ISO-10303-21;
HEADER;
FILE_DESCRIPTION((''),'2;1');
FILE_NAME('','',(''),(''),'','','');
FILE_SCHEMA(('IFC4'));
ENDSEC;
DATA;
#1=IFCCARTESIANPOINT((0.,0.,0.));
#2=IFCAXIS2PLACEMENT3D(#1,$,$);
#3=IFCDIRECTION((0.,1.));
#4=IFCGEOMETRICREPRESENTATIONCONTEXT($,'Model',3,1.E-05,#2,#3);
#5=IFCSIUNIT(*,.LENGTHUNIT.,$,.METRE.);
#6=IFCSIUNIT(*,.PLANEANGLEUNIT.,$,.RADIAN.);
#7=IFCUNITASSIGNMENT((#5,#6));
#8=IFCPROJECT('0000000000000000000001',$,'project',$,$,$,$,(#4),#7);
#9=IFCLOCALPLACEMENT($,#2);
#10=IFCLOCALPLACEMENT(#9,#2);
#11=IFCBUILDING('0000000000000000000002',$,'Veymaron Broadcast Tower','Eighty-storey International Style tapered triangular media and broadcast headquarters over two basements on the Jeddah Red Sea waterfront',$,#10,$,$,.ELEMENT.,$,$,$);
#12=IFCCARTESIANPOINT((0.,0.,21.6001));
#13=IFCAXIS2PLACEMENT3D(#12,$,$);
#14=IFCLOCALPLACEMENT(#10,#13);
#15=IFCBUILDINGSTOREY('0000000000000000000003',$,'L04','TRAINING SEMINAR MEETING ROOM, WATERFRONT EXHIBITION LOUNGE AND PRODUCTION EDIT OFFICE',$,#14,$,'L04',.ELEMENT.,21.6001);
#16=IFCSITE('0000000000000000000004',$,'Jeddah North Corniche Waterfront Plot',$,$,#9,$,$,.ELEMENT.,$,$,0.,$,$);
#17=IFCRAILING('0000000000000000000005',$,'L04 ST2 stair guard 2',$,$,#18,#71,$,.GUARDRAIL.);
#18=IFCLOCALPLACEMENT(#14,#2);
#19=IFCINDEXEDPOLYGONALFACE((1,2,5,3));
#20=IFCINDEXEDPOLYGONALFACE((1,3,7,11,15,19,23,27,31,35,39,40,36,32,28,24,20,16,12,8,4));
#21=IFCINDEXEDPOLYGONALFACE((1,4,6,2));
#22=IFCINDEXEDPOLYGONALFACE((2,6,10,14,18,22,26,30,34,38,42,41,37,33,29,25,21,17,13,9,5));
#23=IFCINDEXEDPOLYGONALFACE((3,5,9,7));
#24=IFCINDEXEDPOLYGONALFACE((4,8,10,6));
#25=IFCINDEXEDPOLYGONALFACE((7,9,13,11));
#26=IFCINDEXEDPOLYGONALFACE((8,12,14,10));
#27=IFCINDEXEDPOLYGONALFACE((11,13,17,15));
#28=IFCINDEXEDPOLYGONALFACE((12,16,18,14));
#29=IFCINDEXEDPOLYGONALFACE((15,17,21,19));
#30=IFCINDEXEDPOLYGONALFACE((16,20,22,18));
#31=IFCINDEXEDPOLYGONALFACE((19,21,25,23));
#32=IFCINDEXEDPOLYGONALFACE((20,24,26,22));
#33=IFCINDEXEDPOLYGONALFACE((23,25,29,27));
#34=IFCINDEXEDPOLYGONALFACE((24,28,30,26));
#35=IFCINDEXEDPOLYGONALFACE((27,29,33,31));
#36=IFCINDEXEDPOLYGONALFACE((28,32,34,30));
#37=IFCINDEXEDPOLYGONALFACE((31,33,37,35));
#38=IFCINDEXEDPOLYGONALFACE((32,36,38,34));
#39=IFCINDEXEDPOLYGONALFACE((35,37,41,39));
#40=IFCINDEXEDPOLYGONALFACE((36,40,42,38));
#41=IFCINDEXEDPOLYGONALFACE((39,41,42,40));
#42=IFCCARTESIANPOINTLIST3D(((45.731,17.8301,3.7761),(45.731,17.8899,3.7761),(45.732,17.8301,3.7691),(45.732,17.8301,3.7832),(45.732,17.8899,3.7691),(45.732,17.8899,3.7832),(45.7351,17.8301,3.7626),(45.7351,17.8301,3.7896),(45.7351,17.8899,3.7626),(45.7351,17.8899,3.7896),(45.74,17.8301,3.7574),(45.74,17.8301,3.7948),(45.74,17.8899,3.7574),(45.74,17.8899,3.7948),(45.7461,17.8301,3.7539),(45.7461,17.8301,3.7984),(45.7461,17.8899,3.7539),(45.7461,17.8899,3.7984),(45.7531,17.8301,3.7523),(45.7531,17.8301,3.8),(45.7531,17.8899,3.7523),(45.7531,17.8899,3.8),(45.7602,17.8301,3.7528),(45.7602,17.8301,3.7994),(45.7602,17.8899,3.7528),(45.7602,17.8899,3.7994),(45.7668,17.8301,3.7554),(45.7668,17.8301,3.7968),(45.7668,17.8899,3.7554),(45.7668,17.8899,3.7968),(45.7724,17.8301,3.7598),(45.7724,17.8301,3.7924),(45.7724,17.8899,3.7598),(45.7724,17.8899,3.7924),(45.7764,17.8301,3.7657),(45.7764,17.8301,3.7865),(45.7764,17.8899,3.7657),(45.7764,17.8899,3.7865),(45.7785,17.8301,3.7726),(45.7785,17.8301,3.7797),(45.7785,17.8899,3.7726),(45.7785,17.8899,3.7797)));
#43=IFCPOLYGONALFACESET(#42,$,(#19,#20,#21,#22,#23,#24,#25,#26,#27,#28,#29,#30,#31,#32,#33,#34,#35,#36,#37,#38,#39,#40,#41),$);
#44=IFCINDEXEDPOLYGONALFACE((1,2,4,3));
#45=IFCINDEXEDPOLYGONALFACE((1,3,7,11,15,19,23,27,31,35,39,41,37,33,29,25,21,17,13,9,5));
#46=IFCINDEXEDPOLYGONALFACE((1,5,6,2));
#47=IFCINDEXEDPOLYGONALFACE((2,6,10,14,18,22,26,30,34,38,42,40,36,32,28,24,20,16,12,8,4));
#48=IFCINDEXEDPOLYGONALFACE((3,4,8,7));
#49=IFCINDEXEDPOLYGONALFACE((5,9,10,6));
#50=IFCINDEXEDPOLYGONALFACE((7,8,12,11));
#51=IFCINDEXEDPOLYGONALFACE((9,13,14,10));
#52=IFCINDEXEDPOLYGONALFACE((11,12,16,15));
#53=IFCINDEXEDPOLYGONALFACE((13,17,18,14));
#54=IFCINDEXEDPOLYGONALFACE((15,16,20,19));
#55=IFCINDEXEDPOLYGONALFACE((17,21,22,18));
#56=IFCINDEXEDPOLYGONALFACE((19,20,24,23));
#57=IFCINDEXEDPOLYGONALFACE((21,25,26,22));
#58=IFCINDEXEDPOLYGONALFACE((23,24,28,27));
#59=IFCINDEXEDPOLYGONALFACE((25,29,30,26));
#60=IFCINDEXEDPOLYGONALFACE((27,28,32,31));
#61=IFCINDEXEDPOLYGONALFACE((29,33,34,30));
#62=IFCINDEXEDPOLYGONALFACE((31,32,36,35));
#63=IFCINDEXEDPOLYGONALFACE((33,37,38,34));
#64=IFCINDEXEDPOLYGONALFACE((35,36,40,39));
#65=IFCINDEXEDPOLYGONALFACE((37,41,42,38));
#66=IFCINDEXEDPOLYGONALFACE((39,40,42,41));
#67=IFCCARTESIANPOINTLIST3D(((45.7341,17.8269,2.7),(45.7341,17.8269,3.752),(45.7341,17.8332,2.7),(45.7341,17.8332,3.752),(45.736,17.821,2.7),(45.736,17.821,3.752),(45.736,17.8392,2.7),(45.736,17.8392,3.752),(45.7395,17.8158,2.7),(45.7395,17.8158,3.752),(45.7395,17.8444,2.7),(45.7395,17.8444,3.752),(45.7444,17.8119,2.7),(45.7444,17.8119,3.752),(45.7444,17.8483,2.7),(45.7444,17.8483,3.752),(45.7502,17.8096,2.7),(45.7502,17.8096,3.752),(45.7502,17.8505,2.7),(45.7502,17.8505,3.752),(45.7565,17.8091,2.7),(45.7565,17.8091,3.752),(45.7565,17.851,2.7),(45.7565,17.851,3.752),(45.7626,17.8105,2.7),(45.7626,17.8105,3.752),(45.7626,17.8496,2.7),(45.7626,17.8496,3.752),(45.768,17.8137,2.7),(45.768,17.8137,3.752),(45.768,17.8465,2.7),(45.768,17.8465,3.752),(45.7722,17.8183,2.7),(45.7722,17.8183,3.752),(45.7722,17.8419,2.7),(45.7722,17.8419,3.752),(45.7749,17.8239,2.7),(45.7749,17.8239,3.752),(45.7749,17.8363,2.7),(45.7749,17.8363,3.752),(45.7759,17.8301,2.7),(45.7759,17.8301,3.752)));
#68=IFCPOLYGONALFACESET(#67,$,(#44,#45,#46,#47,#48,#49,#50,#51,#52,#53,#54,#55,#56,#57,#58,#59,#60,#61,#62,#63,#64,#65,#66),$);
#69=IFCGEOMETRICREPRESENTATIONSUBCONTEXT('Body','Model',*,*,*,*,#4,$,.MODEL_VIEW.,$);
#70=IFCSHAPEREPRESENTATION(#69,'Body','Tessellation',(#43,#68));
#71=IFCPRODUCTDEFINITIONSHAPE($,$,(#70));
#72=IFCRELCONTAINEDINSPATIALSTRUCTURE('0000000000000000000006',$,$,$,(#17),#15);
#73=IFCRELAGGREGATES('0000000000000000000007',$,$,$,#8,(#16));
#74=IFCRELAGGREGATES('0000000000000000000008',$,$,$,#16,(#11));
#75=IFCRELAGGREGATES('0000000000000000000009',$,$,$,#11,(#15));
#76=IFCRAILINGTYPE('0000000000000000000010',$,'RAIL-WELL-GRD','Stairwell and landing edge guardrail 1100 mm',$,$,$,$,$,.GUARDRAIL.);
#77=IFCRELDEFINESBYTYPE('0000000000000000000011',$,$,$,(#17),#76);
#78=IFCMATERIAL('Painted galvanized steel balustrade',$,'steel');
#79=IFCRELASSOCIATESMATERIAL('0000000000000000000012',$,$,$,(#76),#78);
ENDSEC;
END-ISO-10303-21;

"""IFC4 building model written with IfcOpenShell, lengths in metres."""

from ifc_helpers import new_model, si_unit, direction, frame, origin, origin_2d, place, context, subcontext, project, spatial, circle, extrude, material, type_object, element, save


model = new_model("IFC4")

# Units and contexts
model_context = context("Model", 3, precision=1e-05, world=origin(), true_north=direction((0.0, 1.0)))
body_context = subcontext(model_context, "Body", "Model", "MODEL_VIEW")
ifc_project = project(units=[si_unit("LENGTHUNIT", "METRE"), si_unit("PLANEANGLEUNIT", "RADIAN")], contexts=[model_context])

# Site, building, storey
site_placement = place(None, origin())
site = spatial("IfcSite", under=ifc_project, at=site_placement, Name="Jeddah North Corniche Waterfront Plot", CompositionType="ELEMENT", RefElevation=0.0)
building_placement = place(site_placement, origin())
building = spatial("IfcBuilding", under=site, at=building_placement, Name="Veymaron Broadcast Tower", Description="Eighty-storey International Style tapered triangular media and broadcast headquarters over two basements on the Jeddah Red Sea waterfront", CompositionType="ELEMENT")
storey_placement = place(building_placement, frame((0.0, 0.0, 21.6001)))
storey = spatial("IfcBuildingStorey", under=building, at=storey_placement, Name="L04", Description="TRAINING SEMINAR MEETING ROOM, WATERFRONT EXHIBITION LOUNGE AND PRODUCTION EDIT OFFICE", LongName="L04", CompositionType="ELEMENT", Elevation=21.6001)

# Railing
ifc_material_1 = material(Name="Painted galvanized steel balustrade", Category="steel")
railing_type_1 = type_object("IfcRailingType", Name="RAIL-WELL-GRD", Description="Stairwell and landing edge guardrail 1100 mm", PredefinedType="GUARDRAIL", material=ifc_material_1)
railing_1_placement = place(storey_placement, frame((45.7549, 17.8301, 2.7)))
element("IfcRailing", 1, at=railing_1_placement, inside=storey, type_object=railing_type_1, Name="L04 ST2 stair guard 2", PredefinedType="GUARDRAIL", context=body_context, shape_type="SweptSolid", body=[
    extrude(circle(Radius=0.0239, at=origin_2d()), frame((0.0, 0.0, 1.0762), z_axis=(0.0, 1.0, 0.0), x_axis=(-1.0, 0.0, 0.0)), (0.0, 0.0, 1.0), 0.0598),
    extrude(circle(Radius=0.021, at=origin_2d()), origin(), (0.0, 0.0, 1.0), 1.052),
])

save(model, "model.ifc")
